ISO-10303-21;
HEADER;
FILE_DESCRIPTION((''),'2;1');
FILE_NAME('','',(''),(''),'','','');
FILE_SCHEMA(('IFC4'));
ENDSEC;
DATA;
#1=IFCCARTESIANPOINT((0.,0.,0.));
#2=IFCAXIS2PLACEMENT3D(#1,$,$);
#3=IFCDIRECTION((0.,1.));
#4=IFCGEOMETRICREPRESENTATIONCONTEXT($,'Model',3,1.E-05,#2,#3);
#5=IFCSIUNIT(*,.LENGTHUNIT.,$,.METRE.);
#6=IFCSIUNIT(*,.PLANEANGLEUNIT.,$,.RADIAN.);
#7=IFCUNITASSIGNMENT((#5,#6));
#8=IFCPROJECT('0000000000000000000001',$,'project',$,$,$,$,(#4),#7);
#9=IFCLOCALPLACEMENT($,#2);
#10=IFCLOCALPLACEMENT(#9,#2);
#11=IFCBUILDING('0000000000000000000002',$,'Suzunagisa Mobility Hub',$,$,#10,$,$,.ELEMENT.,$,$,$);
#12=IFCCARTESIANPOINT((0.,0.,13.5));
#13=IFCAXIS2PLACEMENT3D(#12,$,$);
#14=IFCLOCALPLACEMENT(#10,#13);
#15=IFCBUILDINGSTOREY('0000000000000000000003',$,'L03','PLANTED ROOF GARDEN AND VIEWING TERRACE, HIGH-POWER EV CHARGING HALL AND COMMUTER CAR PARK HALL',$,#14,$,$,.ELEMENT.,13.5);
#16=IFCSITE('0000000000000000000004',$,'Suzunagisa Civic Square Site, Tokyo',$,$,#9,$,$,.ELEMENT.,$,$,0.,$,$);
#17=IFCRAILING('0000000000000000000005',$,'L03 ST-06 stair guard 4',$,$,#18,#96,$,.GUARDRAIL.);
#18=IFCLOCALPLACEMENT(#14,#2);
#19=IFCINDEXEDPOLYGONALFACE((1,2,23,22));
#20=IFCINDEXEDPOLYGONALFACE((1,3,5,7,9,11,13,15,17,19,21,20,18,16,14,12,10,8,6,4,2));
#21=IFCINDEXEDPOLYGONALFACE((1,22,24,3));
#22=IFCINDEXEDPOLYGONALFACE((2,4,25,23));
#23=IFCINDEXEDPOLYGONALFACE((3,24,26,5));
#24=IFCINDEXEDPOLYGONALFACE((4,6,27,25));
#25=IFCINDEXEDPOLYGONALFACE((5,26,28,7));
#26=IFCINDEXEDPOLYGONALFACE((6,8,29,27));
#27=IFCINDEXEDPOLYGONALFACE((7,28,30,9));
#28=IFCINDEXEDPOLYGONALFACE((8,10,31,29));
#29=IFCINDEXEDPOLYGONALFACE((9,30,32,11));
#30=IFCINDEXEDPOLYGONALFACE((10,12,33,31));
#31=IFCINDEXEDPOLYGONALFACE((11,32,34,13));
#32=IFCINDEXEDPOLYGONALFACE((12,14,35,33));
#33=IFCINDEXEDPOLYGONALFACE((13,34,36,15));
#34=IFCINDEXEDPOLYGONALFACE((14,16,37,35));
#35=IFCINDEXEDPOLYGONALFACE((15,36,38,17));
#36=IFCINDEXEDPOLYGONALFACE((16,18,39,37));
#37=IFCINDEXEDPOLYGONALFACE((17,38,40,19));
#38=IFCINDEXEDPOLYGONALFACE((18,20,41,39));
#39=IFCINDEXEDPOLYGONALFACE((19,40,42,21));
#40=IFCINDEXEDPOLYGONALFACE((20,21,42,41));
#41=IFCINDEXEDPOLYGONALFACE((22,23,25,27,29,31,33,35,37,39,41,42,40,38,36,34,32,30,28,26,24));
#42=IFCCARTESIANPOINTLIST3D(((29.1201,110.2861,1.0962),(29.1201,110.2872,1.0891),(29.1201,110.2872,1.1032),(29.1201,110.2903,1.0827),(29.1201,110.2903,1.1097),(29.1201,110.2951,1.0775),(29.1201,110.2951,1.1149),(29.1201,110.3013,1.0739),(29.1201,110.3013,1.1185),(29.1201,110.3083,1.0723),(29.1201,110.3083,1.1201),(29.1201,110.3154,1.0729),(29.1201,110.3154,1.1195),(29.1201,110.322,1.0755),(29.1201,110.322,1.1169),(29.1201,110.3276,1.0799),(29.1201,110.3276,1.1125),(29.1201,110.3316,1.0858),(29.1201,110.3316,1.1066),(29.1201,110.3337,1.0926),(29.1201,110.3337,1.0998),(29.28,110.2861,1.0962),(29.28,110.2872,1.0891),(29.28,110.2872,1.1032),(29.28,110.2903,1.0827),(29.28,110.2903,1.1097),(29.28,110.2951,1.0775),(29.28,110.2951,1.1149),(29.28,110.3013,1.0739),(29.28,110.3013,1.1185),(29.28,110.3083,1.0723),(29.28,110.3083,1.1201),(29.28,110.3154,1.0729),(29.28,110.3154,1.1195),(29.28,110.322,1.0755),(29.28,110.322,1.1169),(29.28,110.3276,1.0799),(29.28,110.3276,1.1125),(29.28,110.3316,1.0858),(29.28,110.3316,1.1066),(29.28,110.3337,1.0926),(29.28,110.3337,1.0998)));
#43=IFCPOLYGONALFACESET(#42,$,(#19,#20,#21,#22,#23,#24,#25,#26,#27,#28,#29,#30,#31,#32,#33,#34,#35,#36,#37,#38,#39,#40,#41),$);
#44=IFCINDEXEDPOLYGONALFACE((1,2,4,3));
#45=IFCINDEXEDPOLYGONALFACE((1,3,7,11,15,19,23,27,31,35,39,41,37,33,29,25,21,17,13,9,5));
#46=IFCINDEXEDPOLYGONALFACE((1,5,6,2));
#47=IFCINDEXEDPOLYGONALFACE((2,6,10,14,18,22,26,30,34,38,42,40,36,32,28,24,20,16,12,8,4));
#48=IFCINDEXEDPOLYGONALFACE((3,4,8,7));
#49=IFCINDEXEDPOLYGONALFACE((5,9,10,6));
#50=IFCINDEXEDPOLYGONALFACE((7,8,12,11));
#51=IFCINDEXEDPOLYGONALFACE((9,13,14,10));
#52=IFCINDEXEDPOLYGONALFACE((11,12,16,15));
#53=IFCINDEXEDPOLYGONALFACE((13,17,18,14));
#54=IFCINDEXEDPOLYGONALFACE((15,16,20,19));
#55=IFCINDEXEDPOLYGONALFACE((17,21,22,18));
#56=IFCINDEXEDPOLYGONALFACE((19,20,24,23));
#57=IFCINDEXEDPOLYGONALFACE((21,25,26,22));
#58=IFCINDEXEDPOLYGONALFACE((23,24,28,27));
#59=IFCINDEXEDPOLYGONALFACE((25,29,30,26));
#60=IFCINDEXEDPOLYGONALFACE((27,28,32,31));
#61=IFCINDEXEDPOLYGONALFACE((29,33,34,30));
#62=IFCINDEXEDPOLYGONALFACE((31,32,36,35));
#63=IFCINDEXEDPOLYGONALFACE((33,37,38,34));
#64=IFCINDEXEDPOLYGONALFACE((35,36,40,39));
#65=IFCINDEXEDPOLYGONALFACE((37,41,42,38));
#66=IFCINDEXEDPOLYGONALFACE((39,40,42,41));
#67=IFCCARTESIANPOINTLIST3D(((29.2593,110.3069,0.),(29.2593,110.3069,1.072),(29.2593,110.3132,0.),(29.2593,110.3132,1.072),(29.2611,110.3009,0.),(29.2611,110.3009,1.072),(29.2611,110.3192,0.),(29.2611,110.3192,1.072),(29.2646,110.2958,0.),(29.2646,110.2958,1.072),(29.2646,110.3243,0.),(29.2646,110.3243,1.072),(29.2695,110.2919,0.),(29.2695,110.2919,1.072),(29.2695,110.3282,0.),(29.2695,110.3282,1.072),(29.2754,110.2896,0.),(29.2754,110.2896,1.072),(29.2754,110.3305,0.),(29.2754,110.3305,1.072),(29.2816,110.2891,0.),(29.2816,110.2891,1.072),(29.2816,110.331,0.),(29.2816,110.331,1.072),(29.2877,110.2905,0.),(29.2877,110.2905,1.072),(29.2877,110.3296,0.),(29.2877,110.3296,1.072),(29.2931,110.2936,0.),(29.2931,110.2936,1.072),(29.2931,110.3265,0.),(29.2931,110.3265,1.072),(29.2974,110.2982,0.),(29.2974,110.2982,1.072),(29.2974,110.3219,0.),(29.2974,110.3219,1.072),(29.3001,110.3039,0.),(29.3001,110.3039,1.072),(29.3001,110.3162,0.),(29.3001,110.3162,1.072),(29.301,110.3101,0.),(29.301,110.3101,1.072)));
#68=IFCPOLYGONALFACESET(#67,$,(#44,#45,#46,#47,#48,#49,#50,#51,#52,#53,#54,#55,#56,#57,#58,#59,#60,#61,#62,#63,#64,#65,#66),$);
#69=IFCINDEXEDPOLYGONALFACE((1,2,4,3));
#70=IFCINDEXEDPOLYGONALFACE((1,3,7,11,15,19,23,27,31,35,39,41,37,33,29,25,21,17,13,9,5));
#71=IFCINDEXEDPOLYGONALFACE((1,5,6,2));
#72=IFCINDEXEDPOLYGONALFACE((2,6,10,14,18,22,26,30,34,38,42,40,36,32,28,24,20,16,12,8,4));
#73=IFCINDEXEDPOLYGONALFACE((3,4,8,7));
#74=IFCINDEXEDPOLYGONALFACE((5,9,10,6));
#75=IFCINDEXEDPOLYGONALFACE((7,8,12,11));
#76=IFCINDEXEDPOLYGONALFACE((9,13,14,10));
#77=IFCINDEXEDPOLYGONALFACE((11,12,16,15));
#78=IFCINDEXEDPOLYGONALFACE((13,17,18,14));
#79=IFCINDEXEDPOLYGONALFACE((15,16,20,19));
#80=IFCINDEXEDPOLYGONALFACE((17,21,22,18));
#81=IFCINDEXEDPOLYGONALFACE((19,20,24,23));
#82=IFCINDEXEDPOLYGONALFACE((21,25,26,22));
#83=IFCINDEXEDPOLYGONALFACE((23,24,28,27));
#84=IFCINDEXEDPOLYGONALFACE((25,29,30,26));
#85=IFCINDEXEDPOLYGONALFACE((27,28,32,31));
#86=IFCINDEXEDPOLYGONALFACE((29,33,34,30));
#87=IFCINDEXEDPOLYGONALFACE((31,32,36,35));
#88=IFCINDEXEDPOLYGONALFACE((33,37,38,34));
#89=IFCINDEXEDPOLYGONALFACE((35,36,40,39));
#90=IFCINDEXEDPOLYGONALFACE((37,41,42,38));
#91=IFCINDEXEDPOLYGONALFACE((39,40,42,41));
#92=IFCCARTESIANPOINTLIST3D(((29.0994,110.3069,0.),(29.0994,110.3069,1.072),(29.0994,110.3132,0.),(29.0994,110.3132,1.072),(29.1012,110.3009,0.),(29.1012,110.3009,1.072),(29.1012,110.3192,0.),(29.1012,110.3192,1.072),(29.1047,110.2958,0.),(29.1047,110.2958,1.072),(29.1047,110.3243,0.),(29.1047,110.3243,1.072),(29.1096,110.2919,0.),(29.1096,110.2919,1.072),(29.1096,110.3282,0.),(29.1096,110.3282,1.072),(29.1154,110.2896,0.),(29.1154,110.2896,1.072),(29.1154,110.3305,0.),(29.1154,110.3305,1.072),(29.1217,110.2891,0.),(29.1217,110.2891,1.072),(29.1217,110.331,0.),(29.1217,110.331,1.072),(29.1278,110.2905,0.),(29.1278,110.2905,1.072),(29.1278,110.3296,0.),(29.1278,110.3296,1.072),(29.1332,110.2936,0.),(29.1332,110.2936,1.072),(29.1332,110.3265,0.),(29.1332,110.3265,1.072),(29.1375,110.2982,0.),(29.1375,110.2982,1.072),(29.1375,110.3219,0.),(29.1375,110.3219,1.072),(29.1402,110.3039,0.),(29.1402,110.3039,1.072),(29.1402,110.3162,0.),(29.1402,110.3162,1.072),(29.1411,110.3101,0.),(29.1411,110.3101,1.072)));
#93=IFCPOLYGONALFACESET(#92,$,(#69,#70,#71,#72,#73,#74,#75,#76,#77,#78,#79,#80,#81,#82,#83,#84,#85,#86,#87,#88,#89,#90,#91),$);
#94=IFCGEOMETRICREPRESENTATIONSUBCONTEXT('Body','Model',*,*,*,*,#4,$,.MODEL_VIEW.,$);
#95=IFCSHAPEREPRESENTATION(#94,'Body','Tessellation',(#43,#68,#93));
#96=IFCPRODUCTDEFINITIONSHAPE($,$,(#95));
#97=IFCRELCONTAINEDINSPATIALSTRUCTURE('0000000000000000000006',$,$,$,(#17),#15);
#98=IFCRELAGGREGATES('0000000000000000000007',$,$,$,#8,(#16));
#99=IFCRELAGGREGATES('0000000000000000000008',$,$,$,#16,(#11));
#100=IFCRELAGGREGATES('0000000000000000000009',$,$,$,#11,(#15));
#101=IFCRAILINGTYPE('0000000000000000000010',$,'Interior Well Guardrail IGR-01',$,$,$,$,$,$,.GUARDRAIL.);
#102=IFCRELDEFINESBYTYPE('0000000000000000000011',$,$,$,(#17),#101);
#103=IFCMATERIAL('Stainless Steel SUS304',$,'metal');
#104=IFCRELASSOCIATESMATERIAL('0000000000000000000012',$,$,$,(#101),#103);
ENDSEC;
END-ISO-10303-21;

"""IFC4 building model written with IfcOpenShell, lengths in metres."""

from ifc_helpers import new_model, si_unit, direction, frame, origin, origin_2d, place, context, subcontext, project, spatial, circle, extrude, material, type_object, element, save


model = new_model("IFC4")

# Units and contexts
model_context = context("Model", 3, precision=1e-05, world=origin(), true_north=direction((0.0, 1.0)))
body_context = subcontext(model_context, "Body", "Model", "MODEL_VIEW")
ifc_project = project(units=[si_unit("LENGTHUNIT", "METRE"), si_unit("PLANEANGLEUNIT", "RADIAN")], contexts=[model_context])

# Site, building, storey
site_placement = place(None, origin())
site = spatial("IfcSite", under=ifc_project, at=site_placement, Name="Suzunagisa Civic Square Site, Tokyo", CompositionType="ELEMENT", RefElevation=0.0)
building_placement = place(site_placement, origin())
building = spatial("IfcBuilding", under=site, at=building_placement, Name="Suzunagisa Mobility Hub", CompositionType="ELEMENT")
storey_placement = place(building_placement, frame((0.0, 0.0, 13.5)))
storey = spatial("IfcBuildingStorey", under=building, at=storey_placement, Name="L03", Description="PLANTED ROOF GARDEN AND VIEWING TERRACE, HIGH-POWER EV CHARGING HALL AND COMMUTER CAR PARK HALL", CompositionType="ELEMENT", Elevation=13.5)

# Railing
ifc_material_1 = material(Name="Stainless Steel SUS304", Category="metal")
railing_type_1 = type_object("IfcRailingType", Name="Interior Well Guardrail IGR-01", PredefinedType="GUARDRAIL", material=ifc_material_1)
railing_1_placement = place(storey_placement, frame((29.28, 110.3101, 0.0)))
element("IfcRailing", 1, at=railing_1_placement, inside=storey, type_object=railing_type_1, Name="L03 ST-06 stair guard 4", PredefinedType="GUARDRAIL", context=body_context, shape_type="SweptSolid", body=[
    extrude(circle(Radius=0.0239, at=origin_2d()), frame((0.0, 0.0, 1.0962), z_axis=(-1.0, 0.0, 0.0), x_axis=(0.0, -1.0, 0.0)), (0.0, 0.0, 1.0), 0.1599),
    extrude(circle(Radius=0.021, at=origin_2d()), origin(), (0.0, 0.0, 1.0), 1.072),
    extrude(circle(Radius=0.021, at=origin_2d()), frame((-0.1599, 0.0, 0.0)), (0.0, 0.0, 1.0), 1.072),
])

save(model, "model.ifc")
